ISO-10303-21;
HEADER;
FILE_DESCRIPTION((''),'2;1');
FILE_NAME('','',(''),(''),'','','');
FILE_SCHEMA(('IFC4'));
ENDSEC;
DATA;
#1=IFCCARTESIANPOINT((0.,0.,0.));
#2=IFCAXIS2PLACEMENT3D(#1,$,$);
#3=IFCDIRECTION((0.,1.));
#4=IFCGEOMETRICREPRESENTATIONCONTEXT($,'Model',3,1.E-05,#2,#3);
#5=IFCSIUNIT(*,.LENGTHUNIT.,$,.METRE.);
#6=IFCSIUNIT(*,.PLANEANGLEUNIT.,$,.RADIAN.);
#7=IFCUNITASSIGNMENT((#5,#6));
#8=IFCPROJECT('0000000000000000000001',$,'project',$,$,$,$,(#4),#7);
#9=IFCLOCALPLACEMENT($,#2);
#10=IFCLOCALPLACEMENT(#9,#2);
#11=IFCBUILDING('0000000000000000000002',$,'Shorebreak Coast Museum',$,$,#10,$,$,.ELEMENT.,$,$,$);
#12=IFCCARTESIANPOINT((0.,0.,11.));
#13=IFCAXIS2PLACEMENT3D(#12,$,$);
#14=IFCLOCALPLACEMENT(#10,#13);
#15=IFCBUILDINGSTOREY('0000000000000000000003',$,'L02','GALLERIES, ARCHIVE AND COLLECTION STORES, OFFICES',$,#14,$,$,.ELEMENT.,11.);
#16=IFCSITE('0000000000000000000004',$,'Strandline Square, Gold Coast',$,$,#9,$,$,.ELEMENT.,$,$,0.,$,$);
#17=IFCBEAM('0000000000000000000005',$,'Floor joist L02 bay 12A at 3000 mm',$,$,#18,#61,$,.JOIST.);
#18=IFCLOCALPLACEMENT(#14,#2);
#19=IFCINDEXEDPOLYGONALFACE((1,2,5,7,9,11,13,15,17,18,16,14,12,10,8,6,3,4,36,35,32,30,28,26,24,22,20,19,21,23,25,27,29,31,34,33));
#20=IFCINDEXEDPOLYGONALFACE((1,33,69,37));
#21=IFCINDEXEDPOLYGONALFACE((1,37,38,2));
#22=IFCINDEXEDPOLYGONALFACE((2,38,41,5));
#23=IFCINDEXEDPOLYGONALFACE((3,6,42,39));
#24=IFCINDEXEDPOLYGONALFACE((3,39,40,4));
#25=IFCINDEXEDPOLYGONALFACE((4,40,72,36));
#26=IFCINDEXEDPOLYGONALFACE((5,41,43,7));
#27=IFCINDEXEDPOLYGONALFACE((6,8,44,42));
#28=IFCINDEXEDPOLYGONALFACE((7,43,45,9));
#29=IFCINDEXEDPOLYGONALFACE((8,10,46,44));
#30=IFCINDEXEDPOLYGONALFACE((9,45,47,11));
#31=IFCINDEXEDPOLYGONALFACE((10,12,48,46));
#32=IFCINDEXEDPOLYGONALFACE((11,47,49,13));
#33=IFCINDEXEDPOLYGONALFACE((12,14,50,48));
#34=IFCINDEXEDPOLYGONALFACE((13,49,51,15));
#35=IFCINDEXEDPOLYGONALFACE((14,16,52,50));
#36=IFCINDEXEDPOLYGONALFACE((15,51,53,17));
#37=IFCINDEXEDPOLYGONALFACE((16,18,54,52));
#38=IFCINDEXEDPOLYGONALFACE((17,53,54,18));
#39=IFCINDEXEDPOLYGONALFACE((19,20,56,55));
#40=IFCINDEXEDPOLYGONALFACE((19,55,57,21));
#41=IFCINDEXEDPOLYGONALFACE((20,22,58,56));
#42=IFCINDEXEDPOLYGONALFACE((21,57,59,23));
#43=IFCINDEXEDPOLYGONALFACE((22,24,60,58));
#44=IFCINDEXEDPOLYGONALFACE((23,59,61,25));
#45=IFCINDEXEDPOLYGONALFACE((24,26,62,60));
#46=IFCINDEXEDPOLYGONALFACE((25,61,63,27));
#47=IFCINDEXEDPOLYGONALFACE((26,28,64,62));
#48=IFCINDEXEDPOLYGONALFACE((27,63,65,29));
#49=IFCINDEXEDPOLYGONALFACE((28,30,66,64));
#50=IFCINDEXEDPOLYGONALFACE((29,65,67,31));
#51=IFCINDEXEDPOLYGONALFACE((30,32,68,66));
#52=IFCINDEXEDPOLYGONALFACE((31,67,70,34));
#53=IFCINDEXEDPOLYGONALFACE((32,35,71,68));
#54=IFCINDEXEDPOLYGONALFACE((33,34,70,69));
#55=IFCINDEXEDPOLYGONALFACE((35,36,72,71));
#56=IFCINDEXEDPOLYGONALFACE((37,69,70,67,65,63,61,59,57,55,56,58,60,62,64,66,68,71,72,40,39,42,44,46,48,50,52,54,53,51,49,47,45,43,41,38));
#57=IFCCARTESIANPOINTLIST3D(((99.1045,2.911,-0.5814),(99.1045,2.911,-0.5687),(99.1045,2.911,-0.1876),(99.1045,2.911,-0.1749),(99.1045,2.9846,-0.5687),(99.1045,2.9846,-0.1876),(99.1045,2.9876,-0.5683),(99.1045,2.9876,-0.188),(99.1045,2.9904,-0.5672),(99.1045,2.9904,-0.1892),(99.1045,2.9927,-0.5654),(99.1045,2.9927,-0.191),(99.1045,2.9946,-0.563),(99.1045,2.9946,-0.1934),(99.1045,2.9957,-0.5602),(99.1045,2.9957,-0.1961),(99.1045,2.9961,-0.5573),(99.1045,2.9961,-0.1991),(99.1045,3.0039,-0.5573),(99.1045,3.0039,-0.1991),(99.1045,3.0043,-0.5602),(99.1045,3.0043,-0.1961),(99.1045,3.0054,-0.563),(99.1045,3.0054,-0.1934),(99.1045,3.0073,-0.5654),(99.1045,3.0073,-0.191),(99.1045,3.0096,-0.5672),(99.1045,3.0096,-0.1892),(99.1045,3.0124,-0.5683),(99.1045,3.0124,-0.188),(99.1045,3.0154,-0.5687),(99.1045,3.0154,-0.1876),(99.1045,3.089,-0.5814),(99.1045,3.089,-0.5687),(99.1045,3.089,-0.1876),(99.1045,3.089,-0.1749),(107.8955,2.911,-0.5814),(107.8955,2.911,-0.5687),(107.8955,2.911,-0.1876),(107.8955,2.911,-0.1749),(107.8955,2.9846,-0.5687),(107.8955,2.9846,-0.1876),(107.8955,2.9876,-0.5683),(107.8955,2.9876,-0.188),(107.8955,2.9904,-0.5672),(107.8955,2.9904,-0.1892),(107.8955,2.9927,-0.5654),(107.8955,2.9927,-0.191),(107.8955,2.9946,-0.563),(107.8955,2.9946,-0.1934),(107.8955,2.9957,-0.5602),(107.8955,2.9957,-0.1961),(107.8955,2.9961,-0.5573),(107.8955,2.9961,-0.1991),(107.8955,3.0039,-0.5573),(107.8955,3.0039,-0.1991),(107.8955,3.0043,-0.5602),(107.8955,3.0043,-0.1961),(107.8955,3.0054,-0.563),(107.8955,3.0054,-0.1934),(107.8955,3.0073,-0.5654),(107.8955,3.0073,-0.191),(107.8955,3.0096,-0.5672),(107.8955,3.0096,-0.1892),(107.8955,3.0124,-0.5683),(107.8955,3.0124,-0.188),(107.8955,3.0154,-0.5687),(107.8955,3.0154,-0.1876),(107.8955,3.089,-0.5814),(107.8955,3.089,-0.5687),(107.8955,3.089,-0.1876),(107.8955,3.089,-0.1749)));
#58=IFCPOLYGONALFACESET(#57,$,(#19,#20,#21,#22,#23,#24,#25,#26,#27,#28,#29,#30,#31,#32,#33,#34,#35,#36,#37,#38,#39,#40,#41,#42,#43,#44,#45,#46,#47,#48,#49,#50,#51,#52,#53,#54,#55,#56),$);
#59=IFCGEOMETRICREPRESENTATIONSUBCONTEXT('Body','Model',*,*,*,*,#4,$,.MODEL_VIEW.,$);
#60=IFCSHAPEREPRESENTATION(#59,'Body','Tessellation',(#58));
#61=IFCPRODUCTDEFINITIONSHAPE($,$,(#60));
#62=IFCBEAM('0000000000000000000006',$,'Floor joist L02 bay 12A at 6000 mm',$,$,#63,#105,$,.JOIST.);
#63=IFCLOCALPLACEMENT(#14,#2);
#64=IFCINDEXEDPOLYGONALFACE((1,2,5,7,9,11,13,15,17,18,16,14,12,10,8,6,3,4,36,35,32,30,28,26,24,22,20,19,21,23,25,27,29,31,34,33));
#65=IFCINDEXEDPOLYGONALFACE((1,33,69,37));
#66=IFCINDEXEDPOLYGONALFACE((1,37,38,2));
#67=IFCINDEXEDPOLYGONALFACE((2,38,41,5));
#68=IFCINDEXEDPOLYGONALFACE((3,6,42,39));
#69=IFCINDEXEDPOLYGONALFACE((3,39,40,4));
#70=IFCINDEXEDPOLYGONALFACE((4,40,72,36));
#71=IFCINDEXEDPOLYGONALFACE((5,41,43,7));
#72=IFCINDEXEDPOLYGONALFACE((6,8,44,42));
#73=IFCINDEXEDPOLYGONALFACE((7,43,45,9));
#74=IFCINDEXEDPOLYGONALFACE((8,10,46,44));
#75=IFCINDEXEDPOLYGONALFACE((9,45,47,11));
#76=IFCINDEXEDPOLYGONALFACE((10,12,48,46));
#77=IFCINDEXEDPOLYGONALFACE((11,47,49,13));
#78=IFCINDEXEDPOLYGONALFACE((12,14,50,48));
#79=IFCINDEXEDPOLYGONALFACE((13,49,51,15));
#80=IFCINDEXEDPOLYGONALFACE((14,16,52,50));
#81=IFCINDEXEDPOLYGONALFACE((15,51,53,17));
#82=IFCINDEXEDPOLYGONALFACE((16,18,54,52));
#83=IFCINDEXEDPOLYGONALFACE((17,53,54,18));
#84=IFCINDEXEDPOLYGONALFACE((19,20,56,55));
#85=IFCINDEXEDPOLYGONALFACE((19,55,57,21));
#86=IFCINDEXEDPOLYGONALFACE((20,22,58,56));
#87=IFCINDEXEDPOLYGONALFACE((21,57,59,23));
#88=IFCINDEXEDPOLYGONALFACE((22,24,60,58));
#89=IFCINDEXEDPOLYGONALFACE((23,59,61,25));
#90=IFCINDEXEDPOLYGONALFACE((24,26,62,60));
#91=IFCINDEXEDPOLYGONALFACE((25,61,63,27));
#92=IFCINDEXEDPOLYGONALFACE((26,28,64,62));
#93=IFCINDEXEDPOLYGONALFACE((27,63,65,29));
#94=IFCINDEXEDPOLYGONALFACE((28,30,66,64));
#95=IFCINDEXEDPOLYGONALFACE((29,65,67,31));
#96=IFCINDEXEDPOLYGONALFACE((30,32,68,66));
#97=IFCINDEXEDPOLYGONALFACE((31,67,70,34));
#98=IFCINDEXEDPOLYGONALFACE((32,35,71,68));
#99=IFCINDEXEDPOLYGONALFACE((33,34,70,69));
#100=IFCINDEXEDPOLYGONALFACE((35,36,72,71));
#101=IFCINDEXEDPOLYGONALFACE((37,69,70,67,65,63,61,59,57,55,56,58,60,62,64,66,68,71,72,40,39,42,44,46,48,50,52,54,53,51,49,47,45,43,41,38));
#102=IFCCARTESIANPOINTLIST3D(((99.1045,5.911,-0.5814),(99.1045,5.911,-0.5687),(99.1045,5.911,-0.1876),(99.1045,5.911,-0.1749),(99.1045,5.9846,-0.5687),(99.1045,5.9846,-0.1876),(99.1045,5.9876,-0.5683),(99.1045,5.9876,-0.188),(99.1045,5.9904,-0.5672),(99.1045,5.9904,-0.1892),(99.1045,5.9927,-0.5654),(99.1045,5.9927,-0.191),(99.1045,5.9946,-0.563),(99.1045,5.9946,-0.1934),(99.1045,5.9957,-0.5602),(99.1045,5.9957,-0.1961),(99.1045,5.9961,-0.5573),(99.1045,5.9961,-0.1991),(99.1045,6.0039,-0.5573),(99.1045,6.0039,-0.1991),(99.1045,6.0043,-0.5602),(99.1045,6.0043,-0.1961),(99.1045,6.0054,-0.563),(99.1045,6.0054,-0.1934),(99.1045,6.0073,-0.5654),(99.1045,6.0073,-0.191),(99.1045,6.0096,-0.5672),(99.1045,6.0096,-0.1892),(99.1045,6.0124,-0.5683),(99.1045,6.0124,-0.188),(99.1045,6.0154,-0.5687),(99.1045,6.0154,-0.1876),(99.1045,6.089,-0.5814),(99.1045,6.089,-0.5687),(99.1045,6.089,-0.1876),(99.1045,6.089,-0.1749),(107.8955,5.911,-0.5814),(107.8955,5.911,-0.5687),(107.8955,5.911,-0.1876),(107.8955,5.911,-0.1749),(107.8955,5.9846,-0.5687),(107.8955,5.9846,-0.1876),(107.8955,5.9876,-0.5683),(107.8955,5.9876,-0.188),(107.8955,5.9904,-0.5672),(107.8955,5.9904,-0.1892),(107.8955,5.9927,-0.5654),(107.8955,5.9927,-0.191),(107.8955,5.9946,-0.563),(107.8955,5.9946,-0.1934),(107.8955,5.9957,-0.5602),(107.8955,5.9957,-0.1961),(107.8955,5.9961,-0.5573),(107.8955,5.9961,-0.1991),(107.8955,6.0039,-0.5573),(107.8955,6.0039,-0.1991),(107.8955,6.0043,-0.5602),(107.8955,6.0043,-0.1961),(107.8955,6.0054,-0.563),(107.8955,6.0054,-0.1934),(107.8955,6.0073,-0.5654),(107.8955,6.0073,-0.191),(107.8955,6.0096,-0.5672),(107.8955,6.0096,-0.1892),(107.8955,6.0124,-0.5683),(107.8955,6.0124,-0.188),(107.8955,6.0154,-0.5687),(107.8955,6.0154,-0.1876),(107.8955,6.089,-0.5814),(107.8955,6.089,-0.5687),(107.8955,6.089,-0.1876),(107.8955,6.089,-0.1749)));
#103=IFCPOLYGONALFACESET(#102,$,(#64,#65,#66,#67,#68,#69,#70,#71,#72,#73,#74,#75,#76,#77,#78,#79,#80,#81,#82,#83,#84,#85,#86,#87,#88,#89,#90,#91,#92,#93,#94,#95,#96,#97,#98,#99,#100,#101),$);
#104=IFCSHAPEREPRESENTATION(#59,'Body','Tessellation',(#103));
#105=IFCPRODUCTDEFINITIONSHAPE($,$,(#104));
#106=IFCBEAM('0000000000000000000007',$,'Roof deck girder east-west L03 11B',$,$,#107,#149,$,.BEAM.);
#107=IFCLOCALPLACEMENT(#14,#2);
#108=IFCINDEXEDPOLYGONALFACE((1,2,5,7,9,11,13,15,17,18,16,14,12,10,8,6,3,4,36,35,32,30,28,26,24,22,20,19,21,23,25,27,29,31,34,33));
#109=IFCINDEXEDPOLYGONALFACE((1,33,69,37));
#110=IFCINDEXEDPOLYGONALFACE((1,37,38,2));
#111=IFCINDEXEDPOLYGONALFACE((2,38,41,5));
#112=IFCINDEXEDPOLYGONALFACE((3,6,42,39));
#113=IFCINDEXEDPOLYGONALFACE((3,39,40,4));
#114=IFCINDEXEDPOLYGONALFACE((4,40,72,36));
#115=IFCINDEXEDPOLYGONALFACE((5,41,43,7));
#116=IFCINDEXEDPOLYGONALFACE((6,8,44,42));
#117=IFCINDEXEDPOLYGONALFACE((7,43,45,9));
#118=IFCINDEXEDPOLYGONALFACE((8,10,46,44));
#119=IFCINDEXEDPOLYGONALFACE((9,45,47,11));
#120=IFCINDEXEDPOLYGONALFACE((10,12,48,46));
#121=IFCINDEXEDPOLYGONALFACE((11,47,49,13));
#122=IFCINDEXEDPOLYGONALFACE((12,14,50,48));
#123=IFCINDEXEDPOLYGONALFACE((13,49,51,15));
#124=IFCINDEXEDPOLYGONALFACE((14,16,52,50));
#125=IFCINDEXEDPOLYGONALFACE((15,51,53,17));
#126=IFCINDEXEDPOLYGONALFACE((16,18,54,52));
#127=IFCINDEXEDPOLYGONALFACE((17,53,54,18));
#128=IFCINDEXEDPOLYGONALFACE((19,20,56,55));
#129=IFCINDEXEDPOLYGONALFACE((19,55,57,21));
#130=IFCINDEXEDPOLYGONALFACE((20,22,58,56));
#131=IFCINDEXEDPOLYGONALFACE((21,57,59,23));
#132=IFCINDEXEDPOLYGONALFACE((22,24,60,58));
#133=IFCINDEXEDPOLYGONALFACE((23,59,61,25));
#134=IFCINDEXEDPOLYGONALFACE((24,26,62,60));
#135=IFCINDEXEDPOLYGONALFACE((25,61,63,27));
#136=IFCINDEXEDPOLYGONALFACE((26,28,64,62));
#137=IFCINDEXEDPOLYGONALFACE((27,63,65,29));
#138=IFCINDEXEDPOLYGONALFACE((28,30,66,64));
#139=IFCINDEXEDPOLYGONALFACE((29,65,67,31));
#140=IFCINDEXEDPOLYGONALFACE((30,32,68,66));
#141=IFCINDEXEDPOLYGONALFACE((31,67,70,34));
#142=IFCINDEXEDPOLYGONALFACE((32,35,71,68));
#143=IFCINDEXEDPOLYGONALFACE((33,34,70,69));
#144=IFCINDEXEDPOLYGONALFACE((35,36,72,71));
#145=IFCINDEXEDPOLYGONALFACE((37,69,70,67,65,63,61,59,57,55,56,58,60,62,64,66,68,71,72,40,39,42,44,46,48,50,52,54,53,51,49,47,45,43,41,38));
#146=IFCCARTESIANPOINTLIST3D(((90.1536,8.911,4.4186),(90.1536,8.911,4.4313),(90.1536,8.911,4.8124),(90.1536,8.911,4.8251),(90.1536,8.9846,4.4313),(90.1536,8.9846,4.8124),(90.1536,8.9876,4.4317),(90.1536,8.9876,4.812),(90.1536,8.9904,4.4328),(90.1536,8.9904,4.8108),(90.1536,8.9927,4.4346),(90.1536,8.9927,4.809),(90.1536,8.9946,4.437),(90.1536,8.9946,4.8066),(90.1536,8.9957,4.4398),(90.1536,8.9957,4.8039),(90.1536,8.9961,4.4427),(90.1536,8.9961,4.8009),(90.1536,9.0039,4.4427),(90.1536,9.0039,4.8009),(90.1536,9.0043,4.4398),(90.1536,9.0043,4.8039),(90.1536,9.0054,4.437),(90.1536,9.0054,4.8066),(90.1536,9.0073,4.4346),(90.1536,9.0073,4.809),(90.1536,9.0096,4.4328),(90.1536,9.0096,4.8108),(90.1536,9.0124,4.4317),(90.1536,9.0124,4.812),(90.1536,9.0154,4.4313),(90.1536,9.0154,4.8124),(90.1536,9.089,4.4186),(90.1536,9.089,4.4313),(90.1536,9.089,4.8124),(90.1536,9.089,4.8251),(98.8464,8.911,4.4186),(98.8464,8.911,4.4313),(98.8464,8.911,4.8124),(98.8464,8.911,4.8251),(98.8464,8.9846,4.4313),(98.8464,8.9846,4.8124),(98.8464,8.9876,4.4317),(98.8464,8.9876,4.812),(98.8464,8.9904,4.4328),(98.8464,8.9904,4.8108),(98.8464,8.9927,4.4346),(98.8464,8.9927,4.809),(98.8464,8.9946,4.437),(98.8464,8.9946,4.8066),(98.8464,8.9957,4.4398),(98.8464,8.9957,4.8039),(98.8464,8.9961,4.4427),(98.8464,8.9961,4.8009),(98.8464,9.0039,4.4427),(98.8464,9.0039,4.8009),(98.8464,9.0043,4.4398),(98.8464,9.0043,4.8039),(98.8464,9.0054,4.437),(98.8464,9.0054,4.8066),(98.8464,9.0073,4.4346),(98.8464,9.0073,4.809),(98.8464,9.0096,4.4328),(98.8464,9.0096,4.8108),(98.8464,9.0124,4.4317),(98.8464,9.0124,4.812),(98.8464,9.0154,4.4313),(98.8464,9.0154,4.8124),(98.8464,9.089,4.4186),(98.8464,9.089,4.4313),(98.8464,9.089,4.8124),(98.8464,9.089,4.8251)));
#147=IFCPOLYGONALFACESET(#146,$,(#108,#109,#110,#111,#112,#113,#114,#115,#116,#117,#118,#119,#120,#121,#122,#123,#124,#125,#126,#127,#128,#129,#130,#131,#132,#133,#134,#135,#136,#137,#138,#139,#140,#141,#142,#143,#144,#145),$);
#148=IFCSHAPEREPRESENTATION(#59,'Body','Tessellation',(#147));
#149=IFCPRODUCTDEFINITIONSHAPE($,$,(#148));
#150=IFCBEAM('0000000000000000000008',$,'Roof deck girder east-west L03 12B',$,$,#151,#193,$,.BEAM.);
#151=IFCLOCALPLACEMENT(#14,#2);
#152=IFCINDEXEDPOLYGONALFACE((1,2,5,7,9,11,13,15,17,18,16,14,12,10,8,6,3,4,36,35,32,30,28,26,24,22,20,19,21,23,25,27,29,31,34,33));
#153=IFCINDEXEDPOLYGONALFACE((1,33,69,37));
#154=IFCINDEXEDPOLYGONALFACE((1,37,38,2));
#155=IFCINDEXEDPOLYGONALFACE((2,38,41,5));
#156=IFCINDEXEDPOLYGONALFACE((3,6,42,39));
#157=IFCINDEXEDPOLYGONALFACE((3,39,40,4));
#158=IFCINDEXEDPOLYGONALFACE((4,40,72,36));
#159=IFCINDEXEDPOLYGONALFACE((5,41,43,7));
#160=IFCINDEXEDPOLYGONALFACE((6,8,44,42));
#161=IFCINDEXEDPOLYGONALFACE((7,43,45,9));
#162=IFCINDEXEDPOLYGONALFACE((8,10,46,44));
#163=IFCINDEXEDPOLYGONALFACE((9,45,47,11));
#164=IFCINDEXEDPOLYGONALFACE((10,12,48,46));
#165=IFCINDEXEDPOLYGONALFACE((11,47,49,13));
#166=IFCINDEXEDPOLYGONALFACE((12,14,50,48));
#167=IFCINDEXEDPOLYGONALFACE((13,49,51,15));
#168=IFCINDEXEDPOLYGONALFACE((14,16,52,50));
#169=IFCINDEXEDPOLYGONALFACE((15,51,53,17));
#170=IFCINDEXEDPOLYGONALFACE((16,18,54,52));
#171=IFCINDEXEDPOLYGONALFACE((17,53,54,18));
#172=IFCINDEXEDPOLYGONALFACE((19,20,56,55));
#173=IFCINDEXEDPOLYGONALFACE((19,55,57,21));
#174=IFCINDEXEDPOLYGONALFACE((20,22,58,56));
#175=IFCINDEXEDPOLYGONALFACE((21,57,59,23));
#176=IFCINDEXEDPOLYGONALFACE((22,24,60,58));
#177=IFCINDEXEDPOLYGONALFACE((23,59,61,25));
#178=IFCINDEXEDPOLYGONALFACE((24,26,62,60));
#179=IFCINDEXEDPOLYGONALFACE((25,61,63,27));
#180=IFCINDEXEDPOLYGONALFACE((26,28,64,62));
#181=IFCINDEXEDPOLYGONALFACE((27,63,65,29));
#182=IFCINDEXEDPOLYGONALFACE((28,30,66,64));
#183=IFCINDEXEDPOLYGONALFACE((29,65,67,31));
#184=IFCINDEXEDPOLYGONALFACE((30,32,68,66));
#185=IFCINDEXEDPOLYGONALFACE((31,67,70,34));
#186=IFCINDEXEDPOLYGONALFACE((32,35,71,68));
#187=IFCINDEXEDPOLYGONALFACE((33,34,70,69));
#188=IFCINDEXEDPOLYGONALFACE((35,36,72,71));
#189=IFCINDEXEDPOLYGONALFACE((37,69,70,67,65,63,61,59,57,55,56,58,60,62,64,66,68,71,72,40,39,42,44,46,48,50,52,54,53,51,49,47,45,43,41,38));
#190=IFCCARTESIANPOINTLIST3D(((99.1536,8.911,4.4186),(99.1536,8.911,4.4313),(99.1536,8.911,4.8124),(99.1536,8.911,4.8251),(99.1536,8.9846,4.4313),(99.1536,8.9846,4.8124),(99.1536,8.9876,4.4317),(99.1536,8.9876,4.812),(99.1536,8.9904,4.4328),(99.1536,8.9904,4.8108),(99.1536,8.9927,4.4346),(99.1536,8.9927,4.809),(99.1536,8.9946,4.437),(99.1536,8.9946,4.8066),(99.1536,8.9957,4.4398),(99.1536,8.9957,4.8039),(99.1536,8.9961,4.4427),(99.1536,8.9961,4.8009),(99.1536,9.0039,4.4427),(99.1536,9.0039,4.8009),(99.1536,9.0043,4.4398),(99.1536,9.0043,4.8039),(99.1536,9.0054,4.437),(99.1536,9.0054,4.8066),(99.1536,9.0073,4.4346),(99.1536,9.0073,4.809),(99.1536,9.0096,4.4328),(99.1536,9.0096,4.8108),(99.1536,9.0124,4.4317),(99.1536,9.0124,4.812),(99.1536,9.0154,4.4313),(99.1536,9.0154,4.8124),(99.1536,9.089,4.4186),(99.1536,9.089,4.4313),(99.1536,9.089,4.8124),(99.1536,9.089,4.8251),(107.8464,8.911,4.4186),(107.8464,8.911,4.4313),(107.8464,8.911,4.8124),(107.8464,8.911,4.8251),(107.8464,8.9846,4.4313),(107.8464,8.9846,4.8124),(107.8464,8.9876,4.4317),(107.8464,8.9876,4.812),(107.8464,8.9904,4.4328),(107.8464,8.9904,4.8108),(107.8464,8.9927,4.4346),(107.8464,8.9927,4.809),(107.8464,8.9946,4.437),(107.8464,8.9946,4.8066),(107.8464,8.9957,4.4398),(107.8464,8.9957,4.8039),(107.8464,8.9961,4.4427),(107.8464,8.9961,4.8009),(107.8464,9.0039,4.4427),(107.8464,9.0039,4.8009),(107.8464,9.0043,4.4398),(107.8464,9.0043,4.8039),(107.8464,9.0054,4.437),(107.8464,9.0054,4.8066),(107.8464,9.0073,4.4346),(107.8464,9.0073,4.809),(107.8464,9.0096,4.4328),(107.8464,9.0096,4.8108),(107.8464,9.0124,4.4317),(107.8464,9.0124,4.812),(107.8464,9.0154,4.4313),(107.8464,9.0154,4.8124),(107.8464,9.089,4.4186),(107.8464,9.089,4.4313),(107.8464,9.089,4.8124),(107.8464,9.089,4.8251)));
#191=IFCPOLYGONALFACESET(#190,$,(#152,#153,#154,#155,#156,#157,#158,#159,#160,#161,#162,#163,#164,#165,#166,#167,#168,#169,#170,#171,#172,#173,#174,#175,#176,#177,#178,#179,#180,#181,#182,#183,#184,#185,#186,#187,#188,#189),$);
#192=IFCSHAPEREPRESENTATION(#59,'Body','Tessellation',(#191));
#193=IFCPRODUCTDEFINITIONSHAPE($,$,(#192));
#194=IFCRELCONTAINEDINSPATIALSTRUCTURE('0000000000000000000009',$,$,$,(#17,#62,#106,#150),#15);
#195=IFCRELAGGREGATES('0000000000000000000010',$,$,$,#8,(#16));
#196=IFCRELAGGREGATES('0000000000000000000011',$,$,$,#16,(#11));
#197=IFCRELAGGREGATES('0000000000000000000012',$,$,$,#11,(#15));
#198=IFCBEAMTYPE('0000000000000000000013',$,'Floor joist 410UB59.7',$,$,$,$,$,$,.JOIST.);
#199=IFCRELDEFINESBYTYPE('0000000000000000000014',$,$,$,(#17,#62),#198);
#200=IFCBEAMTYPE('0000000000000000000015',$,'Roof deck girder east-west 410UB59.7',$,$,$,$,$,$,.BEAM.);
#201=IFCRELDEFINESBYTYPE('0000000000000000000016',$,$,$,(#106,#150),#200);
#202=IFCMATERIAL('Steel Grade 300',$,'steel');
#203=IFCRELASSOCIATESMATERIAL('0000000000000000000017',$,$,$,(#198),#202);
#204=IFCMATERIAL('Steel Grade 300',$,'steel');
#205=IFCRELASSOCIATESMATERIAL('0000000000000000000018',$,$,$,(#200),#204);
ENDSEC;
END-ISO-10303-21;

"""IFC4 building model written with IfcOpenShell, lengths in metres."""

from ifc_helpers import new_model, si_unit, direction, frame, origin, origin_2d, place, context, subcontext, project, spatial, i_section, extrude, material, material_profile, profile_set, type_object, element, save


model = new_model("IFC4")

# Units and contexts
model_context = context("Model", 3, precision=1e-05, world=origin(), true_north=direction((0.0, 1.0)))
body_context = subcontext(model_context, "Body", "Model", "MODEL_VIEW")
ifc_project = project(units=[si_unit("LENGTHUNIT", "METRE"), si_unit("PLANEANGLEUNIT", "RADIAN")], contexts=[model_context])

# Site, building, storey
site_placement = place(None, origin())
site = spatial("IfcSite", under=ifc_project, at=site_placement, Name="Strandline Square, Gold Coast", CompositionType="ELEMENT", RefElevation=0.0)
building_placement = place(site_placement, origin())
building = spatial("IfcBuilding", under=site, at=building_placement, Name="Shorebreak Coast Museum", CompositionType="ELEMENT")
storey_placement = place(building_placement, frame((0.0, 0.0, 11.0)))
storey = spatial("IfcBuildingStorey", under=building, at=storey_placement, Name="L02", Description="GALLERIES, ARCHIVE AND COLLECTION STORES, OFFICES", CompositionType="ELEMENT", Elevation=11.0)

# Beams
ifc_material_1 = material(Name="Steel Grade 300", Category="steel")
ifc_material_profile_1 = material_profile(ifc_material_1, i_section(OverallWidth=0.178, OverallDepth=0.4065, WebThickness=0.0078, FlangeThickness=0.0127, FilletRadius=0.0115, at=origin_2d()), Name="410UB59.7")
ifc_profile_set_1 = profile_set([ifc_material_profile_1], Name="Steel Grade 300")
beam_type_1 = type_object("IfcBeamType", Name="Floor joist 410UB59.7", PredefinedType="JOIST", material=ifc_profile_set_1)
for number, where, z_axis, x_axis, name in (
    (1, (99.1045, 3.0, -0.3782), (1.0, 0.0, 0.0), (0.0, 1.0, 0.0), "Floor joist L02 bay 12A at 3000 mm"),
    (2, (99.1045, 6.0, -0.3782), (1.0, 0.0, 0.0), (0.0, 1.0, 0.0), "Floor joist L02 bay 12A at 6000 mm"),
):
    element("IfcBeam", number, at=place(storey_placement, frame(where, z_axis=z_axis, x_axis=x_axis)), inside=storey, type_object=beam_type_1, Name=name, PredefinedType="JOIST", context=body_context, shape_type="SweptSolid", body=[
        extrude(i_section(OverallWidth=0.178, OverallDepth=0.4065, WebThickness=0.0078, FlangeThickness=0.0127, FilletRadius=0.0115, at=origin_2d()), origin(), (0.0, 0.0, 1.0), 8.791),
    ])
ifc_material_2 = material(Name="Steel Grade 300", Category="steel")
ifc_material_profile_2 = material_profile(ifc_material_2, i_section(OverallWidth=0.178, OverallDepth=0.4065, WebThickness=0.0078, FlangeThickness=0.0127, FilletRadius=0.0115, at=origin_2d()), Name="410UB59.7")
ifc_profile_set_2 = profile_set([ifc_material_profile_2], Name="Steel Grade 300")
beam_type_2 = type_object("IfcBeamType", Name="Roof deck girder east-west 410UB59.7", PredefinedType="BEAM", material=ifc_profile_set_2)
for number, where, z_axis, x_axis, name in (
    (3, (90.1536, 9.0, 4.6218), (1.0, 0.0, 0.0), (0.0, 1.0, 0.0), "Roof deck girder east-west L03 11B"),
    (4, (99.1536, 9.0, 4.6218), (1.0, 0.0, 0.0), (0.0, 1.0, 0.0), "Roof deck girder east-west L03 12B"),
):
    element("IfcBeam", number, at=place(storey_placement, frame(where, z_axis=z_axis, x_axis=x_axis)), inside=storey, type_object=beam_type_2, Name=name, PredefinedType="BEAM", context=body_context, shape_type="SweptSolid", body=[
        extrude(i_section(OverallWidth=0.178, OverallDepth=0.4065, WebThickness=0.0078, FlangeThickness=0.0127, FilletRadius=0.0115, at=origin_2d()), origin(), (0.0, 0.0, 1.0), 8.6929),
    ])

save(model, "model.ifc")
